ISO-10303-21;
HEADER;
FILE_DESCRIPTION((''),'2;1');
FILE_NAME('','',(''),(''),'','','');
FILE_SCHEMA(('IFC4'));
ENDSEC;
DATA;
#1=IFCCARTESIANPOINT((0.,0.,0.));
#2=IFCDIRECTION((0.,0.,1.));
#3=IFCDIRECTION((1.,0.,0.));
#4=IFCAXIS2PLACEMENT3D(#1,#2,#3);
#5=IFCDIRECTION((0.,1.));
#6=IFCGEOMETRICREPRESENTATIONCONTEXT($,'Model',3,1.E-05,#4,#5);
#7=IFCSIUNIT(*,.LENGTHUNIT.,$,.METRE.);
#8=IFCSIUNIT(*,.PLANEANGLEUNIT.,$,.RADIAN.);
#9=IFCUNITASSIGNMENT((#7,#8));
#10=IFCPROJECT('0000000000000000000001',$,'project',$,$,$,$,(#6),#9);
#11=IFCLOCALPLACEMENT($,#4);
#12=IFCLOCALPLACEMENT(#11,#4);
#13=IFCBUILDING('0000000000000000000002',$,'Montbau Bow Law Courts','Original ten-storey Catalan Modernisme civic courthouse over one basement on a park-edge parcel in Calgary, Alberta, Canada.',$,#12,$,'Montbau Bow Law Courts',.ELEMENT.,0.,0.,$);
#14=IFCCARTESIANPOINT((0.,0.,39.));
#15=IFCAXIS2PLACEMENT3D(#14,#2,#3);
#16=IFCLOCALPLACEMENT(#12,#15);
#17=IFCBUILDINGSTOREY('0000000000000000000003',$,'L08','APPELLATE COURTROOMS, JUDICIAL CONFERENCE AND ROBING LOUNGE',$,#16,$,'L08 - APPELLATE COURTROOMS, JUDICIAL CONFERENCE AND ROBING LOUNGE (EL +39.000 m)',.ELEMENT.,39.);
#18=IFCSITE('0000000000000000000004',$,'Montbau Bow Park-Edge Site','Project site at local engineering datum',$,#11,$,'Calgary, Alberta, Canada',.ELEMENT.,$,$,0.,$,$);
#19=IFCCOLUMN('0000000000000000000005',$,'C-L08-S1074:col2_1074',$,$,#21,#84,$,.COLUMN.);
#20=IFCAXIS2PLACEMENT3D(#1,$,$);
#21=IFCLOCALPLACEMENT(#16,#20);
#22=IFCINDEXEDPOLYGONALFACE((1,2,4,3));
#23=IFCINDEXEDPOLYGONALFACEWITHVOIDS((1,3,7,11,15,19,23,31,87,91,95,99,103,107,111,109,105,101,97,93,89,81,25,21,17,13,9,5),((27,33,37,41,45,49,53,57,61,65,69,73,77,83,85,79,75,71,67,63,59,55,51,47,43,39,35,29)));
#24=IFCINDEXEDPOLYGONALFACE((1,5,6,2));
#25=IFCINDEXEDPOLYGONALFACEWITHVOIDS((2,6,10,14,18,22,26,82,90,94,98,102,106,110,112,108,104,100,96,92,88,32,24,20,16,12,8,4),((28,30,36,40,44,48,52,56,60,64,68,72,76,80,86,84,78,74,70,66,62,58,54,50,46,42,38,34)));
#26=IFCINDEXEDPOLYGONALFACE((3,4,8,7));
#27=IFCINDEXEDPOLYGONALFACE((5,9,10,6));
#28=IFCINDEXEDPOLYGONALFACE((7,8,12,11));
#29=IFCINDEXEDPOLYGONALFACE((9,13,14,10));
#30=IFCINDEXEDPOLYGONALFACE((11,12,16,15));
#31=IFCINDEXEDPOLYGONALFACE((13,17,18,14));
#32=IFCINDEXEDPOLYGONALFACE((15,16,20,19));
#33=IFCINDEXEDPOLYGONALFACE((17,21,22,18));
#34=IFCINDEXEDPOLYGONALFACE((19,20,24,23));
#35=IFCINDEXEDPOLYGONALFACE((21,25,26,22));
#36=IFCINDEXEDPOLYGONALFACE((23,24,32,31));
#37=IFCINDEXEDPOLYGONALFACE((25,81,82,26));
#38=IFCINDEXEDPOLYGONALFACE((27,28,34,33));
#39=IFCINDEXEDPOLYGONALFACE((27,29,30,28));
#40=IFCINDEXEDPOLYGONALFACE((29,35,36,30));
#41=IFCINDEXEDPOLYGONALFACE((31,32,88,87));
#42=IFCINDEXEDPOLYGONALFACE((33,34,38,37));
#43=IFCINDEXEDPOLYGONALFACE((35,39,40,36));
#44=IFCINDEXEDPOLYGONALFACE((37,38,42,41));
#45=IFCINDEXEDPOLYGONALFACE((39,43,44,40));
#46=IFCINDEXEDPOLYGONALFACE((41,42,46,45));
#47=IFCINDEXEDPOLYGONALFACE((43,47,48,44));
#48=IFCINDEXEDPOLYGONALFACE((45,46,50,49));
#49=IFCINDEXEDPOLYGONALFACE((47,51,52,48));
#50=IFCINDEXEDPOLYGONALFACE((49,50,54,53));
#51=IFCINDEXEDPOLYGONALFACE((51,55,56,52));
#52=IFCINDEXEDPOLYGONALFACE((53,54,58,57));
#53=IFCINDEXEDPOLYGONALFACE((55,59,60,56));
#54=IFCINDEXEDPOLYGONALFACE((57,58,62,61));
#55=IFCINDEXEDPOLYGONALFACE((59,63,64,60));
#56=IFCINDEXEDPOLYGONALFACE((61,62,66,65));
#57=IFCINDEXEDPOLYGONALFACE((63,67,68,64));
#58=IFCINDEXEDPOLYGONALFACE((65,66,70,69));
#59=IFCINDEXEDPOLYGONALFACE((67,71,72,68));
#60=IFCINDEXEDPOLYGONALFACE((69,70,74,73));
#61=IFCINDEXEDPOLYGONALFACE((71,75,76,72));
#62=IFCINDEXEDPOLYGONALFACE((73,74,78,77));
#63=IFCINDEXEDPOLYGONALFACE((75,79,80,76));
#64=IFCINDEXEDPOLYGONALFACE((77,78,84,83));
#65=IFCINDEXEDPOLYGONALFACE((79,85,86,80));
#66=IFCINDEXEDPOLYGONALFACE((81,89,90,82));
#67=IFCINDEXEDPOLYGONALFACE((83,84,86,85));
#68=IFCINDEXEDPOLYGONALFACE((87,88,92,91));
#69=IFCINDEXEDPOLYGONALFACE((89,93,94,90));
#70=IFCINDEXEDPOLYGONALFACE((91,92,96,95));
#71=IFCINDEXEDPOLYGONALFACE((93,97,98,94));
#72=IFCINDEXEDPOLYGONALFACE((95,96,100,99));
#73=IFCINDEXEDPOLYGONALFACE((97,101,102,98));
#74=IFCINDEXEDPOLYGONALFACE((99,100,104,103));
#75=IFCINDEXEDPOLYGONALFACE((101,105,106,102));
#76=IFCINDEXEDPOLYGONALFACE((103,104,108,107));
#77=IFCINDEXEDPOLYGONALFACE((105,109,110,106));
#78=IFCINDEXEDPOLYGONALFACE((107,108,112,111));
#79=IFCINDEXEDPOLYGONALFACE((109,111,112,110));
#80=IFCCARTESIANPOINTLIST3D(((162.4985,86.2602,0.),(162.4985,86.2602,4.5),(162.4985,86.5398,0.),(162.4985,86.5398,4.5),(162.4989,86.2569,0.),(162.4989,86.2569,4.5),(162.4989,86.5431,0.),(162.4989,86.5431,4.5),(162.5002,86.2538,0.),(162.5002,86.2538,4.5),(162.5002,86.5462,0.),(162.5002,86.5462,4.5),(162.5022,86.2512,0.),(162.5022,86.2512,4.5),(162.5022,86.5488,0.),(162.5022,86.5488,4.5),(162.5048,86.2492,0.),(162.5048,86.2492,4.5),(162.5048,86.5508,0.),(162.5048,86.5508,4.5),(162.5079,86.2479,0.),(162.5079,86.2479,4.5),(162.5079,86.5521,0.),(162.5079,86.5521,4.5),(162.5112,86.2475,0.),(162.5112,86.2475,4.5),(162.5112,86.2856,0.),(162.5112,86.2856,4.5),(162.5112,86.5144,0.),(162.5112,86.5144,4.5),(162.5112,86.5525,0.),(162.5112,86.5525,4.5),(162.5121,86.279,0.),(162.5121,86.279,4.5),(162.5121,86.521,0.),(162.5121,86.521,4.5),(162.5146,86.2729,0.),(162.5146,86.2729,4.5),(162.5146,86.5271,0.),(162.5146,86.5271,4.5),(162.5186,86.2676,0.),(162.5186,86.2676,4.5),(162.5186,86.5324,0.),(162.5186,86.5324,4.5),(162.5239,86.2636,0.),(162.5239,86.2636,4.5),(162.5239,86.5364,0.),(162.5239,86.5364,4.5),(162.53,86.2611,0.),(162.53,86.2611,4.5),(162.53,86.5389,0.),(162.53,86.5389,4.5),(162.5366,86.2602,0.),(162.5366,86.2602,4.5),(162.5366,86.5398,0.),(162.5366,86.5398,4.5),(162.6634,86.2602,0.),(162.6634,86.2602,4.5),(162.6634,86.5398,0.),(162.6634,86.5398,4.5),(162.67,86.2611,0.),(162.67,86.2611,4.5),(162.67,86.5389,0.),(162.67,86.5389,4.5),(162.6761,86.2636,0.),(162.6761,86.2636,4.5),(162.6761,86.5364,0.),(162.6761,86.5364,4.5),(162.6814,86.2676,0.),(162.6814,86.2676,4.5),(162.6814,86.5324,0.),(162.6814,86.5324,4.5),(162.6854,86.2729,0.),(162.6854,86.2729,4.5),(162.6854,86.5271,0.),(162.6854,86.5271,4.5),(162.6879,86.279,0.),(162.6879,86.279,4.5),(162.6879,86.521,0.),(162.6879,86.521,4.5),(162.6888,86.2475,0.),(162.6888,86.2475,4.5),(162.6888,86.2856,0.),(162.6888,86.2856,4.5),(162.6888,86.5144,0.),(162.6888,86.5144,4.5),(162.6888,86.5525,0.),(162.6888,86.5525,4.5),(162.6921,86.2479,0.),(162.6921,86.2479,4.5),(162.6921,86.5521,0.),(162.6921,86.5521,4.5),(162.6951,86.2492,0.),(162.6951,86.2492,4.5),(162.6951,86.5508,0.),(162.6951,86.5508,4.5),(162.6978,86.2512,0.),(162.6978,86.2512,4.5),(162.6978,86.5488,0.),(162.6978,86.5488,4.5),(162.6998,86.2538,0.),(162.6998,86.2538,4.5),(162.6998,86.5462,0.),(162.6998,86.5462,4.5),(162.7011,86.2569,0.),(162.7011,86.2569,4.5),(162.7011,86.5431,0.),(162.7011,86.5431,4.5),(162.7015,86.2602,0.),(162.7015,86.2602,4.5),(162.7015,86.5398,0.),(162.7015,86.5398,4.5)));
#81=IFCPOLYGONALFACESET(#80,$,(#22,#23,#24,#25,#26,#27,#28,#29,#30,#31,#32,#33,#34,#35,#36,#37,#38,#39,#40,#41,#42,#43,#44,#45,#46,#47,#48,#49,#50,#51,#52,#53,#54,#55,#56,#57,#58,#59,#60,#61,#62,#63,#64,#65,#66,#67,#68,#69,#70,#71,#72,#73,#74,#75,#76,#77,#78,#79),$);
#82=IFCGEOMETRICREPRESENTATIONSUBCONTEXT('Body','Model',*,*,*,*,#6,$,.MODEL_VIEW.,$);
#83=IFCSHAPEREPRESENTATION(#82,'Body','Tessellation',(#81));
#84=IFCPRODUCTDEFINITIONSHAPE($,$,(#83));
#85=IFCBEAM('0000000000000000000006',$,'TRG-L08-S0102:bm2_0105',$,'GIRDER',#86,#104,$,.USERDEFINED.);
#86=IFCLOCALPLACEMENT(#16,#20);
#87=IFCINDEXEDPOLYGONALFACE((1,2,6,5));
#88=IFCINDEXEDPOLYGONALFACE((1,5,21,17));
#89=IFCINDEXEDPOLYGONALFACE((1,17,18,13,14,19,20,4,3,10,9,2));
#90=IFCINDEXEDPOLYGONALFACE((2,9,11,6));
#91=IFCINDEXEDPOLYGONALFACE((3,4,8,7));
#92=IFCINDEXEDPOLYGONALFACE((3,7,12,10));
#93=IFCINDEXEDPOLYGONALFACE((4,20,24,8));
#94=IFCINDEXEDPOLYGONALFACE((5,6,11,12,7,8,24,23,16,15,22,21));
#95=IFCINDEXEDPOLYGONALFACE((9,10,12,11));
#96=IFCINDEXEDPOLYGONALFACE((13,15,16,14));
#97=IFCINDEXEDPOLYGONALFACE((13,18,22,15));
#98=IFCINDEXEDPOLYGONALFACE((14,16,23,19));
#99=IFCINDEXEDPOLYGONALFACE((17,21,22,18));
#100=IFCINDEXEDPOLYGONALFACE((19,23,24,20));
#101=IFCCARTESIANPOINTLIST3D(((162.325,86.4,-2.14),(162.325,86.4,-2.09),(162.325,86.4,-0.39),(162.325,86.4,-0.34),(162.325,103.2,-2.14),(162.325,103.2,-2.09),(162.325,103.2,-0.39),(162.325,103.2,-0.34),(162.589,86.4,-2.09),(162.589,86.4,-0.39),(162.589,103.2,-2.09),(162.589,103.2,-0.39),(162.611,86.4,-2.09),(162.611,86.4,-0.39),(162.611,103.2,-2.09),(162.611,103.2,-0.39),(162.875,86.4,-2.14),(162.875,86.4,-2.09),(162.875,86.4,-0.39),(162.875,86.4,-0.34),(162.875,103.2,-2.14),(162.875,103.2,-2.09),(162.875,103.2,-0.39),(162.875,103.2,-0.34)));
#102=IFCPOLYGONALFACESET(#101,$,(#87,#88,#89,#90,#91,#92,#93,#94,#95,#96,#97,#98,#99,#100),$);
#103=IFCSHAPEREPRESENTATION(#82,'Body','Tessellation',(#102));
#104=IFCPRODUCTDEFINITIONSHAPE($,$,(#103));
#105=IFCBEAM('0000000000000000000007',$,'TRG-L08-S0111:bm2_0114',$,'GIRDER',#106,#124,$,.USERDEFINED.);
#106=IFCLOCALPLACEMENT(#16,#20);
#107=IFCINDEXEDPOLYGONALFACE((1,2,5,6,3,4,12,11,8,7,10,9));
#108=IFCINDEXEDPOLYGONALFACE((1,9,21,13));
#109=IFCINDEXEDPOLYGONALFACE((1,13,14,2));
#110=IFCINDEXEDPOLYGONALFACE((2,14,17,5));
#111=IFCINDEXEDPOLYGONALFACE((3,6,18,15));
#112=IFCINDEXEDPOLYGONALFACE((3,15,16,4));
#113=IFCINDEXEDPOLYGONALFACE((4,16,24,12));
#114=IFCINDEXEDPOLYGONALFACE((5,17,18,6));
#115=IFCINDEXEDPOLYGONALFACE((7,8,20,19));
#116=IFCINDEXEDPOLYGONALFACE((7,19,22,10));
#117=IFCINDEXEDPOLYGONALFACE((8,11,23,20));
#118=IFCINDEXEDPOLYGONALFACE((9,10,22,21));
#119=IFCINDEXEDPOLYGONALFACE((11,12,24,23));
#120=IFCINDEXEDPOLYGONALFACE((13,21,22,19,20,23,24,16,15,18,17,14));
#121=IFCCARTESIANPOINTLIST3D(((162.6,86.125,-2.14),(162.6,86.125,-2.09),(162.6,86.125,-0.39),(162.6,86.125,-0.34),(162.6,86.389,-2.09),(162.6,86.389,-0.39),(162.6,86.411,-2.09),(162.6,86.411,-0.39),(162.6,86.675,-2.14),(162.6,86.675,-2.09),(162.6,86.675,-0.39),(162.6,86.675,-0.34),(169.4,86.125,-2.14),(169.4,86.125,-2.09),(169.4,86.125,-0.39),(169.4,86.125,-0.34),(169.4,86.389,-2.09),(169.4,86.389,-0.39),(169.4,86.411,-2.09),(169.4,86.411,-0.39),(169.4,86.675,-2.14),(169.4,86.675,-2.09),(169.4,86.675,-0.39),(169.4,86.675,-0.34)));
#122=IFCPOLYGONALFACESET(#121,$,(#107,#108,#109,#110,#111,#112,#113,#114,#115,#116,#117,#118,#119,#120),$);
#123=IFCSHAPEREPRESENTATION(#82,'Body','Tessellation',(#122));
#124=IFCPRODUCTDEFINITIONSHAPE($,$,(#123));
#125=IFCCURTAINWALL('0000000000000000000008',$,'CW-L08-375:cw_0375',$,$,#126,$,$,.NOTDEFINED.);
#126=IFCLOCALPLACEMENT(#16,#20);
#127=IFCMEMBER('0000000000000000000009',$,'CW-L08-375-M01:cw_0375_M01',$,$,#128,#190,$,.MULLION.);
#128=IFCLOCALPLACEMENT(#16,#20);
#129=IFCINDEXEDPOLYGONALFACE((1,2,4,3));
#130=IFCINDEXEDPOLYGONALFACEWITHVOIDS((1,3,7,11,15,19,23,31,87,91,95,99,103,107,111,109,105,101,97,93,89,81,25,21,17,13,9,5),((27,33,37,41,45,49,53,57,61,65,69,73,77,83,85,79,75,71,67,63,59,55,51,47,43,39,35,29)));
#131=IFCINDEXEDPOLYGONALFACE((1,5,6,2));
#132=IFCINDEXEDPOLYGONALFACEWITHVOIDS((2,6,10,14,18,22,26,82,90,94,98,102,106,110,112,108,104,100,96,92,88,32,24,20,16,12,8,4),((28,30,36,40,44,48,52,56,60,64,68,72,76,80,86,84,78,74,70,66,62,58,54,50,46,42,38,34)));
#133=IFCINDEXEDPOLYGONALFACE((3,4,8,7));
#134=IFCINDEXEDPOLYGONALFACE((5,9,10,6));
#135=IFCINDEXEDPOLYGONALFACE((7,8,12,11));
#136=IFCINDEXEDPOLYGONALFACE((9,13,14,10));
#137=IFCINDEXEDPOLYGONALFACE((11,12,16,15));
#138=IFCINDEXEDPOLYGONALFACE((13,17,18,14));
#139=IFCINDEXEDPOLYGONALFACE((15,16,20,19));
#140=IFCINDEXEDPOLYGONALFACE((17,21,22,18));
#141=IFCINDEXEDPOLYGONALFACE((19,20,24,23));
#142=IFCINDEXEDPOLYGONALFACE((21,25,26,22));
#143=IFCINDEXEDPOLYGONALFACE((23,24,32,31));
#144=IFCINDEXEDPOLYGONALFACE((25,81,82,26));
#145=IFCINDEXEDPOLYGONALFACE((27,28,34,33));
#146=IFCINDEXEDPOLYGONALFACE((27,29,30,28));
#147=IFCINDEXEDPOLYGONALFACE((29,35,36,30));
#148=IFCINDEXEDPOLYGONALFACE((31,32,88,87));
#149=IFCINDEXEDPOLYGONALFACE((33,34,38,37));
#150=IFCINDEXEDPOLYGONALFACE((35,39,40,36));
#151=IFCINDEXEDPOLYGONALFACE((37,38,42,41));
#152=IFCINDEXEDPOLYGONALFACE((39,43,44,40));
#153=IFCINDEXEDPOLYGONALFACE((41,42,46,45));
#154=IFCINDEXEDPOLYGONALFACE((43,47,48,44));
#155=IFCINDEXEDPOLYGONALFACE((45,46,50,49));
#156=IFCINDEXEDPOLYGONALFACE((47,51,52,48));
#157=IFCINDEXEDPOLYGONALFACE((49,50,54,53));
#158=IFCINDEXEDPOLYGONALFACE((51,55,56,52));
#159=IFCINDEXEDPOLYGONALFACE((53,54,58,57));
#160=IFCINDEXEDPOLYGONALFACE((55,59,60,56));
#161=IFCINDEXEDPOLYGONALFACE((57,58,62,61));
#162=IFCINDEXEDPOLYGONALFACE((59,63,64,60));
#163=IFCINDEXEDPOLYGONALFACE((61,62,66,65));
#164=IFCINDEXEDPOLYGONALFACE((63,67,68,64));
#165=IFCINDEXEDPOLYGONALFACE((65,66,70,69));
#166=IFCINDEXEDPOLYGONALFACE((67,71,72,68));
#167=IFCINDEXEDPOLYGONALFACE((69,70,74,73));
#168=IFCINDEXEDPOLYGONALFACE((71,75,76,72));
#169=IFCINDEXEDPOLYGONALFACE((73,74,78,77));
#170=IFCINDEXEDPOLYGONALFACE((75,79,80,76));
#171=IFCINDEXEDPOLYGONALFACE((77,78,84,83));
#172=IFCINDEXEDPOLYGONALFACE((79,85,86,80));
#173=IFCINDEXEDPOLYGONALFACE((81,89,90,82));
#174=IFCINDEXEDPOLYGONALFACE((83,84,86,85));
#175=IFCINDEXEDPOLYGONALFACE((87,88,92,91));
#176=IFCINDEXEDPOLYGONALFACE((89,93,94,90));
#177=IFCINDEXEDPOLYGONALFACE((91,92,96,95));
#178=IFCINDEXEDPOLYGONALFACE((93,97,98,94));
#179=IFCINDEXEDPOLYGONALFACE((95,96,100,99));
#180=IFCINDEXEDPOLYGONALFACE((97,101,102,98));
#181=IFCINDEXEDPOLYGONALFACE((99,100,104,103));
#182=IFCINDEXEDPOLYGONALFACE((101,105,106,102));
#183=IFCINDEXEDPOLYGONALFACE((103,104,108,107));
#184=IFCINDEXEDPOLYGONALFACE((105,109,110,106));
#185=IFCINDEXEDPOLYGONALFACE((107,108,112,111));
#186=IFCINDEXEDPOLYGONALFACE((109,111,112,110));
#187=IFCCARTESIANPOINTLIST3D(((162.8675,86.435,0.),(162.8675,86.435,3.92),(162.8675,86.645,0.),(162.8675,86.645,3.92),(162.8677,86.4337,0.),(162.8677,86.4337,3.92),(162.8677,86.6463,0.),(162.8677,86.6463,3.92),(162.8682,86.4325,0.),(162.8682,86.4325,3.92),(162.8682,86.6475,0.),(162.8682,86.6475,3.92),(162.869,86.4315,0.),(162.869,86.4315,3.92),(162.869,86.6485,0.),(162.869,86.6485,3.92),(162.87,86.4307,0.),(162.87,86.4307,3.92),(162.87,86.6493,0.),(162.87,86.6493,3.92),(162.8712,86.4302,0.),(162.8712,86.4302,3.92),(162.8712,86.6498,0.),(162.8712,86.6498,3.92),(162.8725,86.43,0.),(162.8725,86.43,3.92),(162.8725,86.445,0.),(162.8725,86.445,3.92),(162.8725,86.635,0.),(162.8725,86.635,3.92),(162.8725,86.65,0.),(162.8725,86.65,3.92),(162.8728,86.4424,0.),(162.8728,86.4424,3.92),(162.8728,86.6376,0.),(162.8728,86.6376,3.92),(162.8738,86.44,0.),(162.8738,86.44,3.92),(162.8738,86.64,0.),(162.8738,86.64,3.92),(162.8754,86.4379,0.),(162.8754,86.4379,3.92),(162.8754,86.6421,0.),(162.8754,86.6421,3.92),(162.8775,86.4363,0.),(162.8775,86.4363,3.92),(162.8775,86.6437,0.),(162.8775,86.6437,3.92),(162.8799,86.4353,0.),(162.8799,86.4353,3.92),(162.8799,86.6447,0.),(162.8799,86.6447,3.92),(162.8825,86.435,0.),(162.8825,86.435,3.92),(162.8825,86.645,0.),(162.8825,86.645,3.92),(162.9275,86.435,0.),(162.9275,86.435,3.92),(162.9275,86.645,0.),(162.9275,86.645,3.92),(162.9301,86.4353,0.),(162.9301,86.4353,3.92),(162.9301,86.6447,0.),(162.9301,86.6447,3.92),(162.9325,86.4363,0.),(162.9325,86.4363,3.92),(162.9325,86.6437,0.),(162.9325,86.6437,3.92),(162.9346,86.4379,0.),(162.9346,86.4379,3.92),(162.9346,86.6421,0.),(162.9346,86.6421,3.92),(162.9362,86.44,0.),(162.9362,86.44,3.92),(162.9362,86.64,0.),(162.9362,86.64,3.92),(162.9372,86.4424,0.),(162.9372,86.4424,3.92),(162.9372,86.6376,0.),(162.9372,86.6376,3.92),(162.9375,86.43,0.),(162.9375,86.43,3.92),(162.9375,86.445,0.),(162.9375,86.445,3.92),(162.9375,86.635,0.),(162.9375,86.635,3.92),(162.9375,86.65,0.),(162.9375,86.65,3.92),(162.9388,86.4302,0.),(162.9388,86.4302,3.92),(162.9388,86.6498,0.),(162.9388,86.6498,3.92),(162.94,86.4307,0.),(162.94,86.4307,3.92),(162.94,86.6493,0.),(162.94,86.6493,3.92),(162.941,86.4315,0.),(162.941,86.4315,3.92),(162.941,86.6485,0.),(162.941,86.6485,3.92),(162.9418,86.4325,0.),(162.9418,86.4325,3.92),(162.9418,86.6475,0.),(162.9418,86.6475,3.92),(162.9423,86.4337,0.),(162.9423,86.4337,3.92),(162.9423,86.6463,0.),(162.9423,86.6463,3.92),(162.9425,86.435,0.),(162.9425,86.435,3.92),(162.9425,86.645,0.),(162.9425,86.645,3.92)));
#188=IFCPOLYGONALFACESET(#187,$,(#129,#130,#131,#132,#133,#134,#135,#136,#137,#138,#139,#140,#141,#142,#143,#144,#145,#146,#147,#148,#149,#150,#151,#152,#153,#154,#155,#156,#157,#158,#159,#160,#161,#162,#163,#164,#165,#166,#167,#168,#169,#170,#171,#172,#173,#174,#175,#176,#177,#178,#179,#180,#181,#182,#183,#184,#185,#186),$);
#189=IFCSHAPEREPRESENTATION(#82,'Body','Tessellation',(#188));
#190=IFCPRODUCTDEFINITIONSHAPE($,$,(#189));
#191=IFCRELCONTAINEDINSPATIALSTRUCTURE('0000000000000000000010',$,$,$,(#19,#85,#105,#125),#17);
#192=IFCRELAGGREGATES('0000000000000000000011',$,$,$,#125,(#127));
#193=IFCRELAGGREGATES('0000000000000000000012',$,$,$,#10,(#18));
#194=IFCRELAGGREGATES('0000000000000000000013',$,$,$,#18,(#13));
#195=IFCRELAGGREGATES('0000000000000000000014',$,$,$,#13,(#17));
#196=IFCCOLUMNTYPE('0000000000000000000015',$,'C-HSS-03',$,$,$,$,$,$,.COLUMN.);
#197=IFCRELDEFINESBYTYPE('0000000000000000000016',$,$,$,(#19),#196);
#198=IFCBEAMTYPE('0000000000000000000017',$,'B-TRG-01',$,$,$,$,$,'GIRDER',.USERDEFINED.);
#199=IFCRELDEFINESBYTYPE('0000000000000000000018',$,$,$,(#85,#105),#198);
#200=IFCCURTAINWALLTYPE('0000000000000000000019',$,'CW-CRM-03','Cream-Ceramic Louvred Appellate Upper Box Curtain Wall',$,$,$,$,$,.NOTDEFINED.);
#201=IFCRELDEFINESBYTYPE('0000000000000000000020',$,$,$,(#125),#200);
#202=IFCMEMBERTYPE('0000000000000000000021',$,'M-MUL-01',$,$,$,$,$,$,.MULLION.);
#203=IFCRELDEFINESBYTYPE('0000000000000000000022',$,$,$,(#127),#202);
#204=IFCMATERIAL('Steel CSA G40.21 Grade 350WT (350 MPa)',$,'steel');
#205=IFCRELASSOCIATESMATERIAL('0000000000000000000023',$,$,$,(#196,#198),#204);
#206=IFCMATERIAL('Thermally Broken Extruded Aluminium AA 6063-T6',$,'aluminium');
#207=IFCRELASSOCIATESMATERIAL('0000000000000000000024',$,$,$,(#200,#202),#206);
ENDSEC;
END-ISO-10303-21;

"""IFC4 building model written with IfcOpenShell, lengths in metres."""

from ifc_helpers import new_model, si_unit, direction, frame, origin_with_axes, origin_2d_with_axis, place, context, subcontext, project, spatial, hollow_rectangle, i_section, extrude, material, material_profile, profile_set, type_object, element, aggregate, save


model = new_model("IFC4")

# Units and contexts
model_context = context("Model", 3, precision=1e-05, world=origin_with_axes(), true_north=direction((0.0, 1.0)))
body_context = subcontext(model_context, "Body", "Model", "MODEL_VIEW")
ifc_project = project(units=[si_unit("LENGTHUNIT", "METRE"), si_unit("PLANEANGLEUNIT", "RADIAN")], contexts=[model_context])

# Site, building, storey
site_placement = place(None, origin_with_axes())
site = spatial("IfcSite", under=ifc_project, at=site_placement, Name="Montbau Bow Park-Edge Site", Description="Project site at local engineering datum", LongName="Calgary, Alberta, Canada", CompositionType="ELEMENT", RefElevation=0.0)
building_placement = place(site_placement, origin_with_axes())
building = spatial("IfcBuilding", under=site, at=building_placement, Name="Montbau Bow Law Courts", Description="Original ten-storey Catalan Modernisme civic courthouse over one basement on a park-edge parcel in Calgary, Alberta, Canada.", LongName="Montbau Bow Law Courts", CompositionType="ELEMENT", ElevationOfRefHeight=0.0, ElevationOfTerrain=0.0)
storey_placement = place(building_placement, frame((0.0, 0.0, 39.0), z_axis=(0.0, 0.0, 1.0), x_axis=(1.0, 0.0, 0.0)))
storey = spatial("IfcBuildingStorey", under=building, at=storey_placement, Name="L08", Description="APPELLATE COURTROOMS, JUDICIAL CONFERENCE AND ROBING LOUNGE", LongName="L08 - APPELLATE COURTROOMS, JUDICIAL CONFERENCE AND ROBING LOUNGE (EL +39.000 m)", CompositionType="ELEMENT", Elevation=39.0)

# Column
ifc_material_1 = material(Name="Steel CSA G40.21 Grade 350WT (350 MPa)", Category="steel")
ifc_material_profile_1 = material_profile(ifc_material_1, hollow_rectangle(XDim=0.203, YDim=0.305, WallThickness=0.0127, InnerFilletRadius=0.0254, OuterFilletRadius=0.0127, at=origin_2d_with_axis()), Name="HSS305X203X13", Category="Main", Priority=0)
ifc_profile_set_1 = profile_set([ifc_material_profile_1], Name="Steel CSA G40.21 Grade 350WT (350 MPa)")
column_type = type_object("IfcColumnType", Name="C-HSS-03", PredefinedType="COLUMN", material=ifc_profile_set_1)
column_placement = place(None, frame((162.6, 86.4, 39.0), z_axis=(0.0, 0.0, 1.0), x_axis=(1.0, 0.0, 0.0)))
element("IfcColumn", 1, at=column_placement, inside=storey, type_object=column_type, Name="C-L08-S1074:col2_1074", PredefinedType="COLUMN", context=body_context, shape_type="SweptSolid", body=[
    extrude(hollow_rectangle(XDim=0.203, YDim=0.305, WallThickness=0.0127, InnerFilletRadius=0.0254, OuterFilletRadius=0.0127, at=origin_2d_with_axis()), origin_with_axes(), (0.0, 0.0, 1.0), 4.5),
])

# Beams
ifc_material_profile_2 = material_profile(ifc_material_1, i_section(OverallWidth=0.55, OverallDepth=1.8, WebThickness=0.022, FlangeThickness=0.05, at=origin_2d_with_axis()), Name="WWF1800X550", Category="Main", Priority=0)
ifc_profile_set_2 = profile_set([ifc_material_profile_2], Name="Steel CSA G40.21 Grade 350WT (350 MPa)")
beam_type = type_object("IfcBeamType", Name="B-TRG-01", ElementType="GIRDER", PredefinedType="USERDEFINED", material=ifc_profile_set_2)
beam_1_placement = place(None, frame((162.6, 86.4, 37.76), z_axis=(0.0, 1.0, 0.0), x_axis=(-1.0, 0.0, 0.0)))
element("IfcBeam", 2, at=beam_1_placement, inside=storey, type_object=beam_type, Name="TRG-L08-S0102:bm2_0105", ObjectType="GIRDER", PredefinedType="USERDEFINED", context=body_context, shape_type="SweptSolid", body=[
    extrude(i_section(OverallWidth=0.55, OverallDepth=1.8, WebThickness=0.022, FlangeThickness=0.05, at=origin_2d_with_axis()), origin_with_axes(), (0.0, 0.0, 1.0), 16.8),
])
beam_2_placement = place(None, frame((162.6, 86.4, 37.76), z_axis=(1.0, 0.0, 0.0), x_axis=(0.0, 1.0, 0.0)))
element("IfcBeam", 3, at=beam_2_placement, inside=storey, type_object=beam_type, Name="TRG-L08-S0111:bm2_0114", ObjectType="GIRDER", PredefinedType="USERDEFINED", context=body_context, shape_type="SweptSolid", body=[
    extrude(i_section(OverallWidth=0.55, OverallDepth=1.8, WebThickness=0.022, FlangeThickness=0.05, at=origin_2d_with_axis()), origin_with_axes(), (0.0, 0.0, 1.0), 6.8),
])

# Curtain wall, member
ifc_material_2 = material(Name="Thermally Broken Extruded Aluminium AA 6063-T6", Category="aluminium")
curtain_wall_type = type_object("IfcCurtainWallType", Name="CW-CRM-03", Description="Cream-Ceramic Louvred Appellate Upper Box Curtain Wall", PredefinedType="NOTDEFINED", material=ifc_material_2)
curtain_wall_1_placement = place(None, frame((162.868, 86.54, 39.0), z_axis=(0.0, 0.0, 1.0), x_axis=(1.0, 0.0, 0.0)))
curtain_wall_1 = element("IfcCurtainWall", 4, at=curtain_wall_1_placement, inside=storey, type_object=curtain_wall_type, Name="CW-L08-375:cw_0375", PredefinedType="NOTDEFINED")
ifc_material_profile_3 = material_profile(ifc_material_2, hollow_rectangle(XDim=0.075, YDim=0.22, WallThickness=0.005, InnerFilletRadius=0.01, OuterFilletRadius=0.005, at=origin_2d_with_axis()), Name="CWM-220X75", Category="Main", Priority=0)
ifc_profile_set_3 = profile_set([ifc_material_profile_3], Name="Thermally Broken Extruded Aluminium AA 6063-T6")
member_type_1 = type_object("IfcMemberType", Name="M-MUL-01", PredefinedType="MULLION", material=ifc_profile_set_3)
member_1_placement = place(None, frame((162.905, 86.54, 39.0), z_axis=(0.0, 0.0, 1.0), x_axis=(1.0, 0.0, 0.0)))
member_1 = element("IfcMember", 5, at=member_1_placement, type_object=member_type_1, Name="CW-L08-375-M01:cw_0375_M01", PredefinedType="MULLION", context=body_context, shape_type="SweptSolid", body=[
    extrude(hollow_rectangle(XDim=0.075, YDim=0.22, WallThickness=0.005, InnerFilletRadius=0.01, OuterFilletRadius=0.005, at=origin_2d_with_axis()), origin_with_axes(), (0.0, 0.0, 1.0), 3.92),
])

aggregate(curtain_wall_1, [member_1])

save(model, "model.ifc")
